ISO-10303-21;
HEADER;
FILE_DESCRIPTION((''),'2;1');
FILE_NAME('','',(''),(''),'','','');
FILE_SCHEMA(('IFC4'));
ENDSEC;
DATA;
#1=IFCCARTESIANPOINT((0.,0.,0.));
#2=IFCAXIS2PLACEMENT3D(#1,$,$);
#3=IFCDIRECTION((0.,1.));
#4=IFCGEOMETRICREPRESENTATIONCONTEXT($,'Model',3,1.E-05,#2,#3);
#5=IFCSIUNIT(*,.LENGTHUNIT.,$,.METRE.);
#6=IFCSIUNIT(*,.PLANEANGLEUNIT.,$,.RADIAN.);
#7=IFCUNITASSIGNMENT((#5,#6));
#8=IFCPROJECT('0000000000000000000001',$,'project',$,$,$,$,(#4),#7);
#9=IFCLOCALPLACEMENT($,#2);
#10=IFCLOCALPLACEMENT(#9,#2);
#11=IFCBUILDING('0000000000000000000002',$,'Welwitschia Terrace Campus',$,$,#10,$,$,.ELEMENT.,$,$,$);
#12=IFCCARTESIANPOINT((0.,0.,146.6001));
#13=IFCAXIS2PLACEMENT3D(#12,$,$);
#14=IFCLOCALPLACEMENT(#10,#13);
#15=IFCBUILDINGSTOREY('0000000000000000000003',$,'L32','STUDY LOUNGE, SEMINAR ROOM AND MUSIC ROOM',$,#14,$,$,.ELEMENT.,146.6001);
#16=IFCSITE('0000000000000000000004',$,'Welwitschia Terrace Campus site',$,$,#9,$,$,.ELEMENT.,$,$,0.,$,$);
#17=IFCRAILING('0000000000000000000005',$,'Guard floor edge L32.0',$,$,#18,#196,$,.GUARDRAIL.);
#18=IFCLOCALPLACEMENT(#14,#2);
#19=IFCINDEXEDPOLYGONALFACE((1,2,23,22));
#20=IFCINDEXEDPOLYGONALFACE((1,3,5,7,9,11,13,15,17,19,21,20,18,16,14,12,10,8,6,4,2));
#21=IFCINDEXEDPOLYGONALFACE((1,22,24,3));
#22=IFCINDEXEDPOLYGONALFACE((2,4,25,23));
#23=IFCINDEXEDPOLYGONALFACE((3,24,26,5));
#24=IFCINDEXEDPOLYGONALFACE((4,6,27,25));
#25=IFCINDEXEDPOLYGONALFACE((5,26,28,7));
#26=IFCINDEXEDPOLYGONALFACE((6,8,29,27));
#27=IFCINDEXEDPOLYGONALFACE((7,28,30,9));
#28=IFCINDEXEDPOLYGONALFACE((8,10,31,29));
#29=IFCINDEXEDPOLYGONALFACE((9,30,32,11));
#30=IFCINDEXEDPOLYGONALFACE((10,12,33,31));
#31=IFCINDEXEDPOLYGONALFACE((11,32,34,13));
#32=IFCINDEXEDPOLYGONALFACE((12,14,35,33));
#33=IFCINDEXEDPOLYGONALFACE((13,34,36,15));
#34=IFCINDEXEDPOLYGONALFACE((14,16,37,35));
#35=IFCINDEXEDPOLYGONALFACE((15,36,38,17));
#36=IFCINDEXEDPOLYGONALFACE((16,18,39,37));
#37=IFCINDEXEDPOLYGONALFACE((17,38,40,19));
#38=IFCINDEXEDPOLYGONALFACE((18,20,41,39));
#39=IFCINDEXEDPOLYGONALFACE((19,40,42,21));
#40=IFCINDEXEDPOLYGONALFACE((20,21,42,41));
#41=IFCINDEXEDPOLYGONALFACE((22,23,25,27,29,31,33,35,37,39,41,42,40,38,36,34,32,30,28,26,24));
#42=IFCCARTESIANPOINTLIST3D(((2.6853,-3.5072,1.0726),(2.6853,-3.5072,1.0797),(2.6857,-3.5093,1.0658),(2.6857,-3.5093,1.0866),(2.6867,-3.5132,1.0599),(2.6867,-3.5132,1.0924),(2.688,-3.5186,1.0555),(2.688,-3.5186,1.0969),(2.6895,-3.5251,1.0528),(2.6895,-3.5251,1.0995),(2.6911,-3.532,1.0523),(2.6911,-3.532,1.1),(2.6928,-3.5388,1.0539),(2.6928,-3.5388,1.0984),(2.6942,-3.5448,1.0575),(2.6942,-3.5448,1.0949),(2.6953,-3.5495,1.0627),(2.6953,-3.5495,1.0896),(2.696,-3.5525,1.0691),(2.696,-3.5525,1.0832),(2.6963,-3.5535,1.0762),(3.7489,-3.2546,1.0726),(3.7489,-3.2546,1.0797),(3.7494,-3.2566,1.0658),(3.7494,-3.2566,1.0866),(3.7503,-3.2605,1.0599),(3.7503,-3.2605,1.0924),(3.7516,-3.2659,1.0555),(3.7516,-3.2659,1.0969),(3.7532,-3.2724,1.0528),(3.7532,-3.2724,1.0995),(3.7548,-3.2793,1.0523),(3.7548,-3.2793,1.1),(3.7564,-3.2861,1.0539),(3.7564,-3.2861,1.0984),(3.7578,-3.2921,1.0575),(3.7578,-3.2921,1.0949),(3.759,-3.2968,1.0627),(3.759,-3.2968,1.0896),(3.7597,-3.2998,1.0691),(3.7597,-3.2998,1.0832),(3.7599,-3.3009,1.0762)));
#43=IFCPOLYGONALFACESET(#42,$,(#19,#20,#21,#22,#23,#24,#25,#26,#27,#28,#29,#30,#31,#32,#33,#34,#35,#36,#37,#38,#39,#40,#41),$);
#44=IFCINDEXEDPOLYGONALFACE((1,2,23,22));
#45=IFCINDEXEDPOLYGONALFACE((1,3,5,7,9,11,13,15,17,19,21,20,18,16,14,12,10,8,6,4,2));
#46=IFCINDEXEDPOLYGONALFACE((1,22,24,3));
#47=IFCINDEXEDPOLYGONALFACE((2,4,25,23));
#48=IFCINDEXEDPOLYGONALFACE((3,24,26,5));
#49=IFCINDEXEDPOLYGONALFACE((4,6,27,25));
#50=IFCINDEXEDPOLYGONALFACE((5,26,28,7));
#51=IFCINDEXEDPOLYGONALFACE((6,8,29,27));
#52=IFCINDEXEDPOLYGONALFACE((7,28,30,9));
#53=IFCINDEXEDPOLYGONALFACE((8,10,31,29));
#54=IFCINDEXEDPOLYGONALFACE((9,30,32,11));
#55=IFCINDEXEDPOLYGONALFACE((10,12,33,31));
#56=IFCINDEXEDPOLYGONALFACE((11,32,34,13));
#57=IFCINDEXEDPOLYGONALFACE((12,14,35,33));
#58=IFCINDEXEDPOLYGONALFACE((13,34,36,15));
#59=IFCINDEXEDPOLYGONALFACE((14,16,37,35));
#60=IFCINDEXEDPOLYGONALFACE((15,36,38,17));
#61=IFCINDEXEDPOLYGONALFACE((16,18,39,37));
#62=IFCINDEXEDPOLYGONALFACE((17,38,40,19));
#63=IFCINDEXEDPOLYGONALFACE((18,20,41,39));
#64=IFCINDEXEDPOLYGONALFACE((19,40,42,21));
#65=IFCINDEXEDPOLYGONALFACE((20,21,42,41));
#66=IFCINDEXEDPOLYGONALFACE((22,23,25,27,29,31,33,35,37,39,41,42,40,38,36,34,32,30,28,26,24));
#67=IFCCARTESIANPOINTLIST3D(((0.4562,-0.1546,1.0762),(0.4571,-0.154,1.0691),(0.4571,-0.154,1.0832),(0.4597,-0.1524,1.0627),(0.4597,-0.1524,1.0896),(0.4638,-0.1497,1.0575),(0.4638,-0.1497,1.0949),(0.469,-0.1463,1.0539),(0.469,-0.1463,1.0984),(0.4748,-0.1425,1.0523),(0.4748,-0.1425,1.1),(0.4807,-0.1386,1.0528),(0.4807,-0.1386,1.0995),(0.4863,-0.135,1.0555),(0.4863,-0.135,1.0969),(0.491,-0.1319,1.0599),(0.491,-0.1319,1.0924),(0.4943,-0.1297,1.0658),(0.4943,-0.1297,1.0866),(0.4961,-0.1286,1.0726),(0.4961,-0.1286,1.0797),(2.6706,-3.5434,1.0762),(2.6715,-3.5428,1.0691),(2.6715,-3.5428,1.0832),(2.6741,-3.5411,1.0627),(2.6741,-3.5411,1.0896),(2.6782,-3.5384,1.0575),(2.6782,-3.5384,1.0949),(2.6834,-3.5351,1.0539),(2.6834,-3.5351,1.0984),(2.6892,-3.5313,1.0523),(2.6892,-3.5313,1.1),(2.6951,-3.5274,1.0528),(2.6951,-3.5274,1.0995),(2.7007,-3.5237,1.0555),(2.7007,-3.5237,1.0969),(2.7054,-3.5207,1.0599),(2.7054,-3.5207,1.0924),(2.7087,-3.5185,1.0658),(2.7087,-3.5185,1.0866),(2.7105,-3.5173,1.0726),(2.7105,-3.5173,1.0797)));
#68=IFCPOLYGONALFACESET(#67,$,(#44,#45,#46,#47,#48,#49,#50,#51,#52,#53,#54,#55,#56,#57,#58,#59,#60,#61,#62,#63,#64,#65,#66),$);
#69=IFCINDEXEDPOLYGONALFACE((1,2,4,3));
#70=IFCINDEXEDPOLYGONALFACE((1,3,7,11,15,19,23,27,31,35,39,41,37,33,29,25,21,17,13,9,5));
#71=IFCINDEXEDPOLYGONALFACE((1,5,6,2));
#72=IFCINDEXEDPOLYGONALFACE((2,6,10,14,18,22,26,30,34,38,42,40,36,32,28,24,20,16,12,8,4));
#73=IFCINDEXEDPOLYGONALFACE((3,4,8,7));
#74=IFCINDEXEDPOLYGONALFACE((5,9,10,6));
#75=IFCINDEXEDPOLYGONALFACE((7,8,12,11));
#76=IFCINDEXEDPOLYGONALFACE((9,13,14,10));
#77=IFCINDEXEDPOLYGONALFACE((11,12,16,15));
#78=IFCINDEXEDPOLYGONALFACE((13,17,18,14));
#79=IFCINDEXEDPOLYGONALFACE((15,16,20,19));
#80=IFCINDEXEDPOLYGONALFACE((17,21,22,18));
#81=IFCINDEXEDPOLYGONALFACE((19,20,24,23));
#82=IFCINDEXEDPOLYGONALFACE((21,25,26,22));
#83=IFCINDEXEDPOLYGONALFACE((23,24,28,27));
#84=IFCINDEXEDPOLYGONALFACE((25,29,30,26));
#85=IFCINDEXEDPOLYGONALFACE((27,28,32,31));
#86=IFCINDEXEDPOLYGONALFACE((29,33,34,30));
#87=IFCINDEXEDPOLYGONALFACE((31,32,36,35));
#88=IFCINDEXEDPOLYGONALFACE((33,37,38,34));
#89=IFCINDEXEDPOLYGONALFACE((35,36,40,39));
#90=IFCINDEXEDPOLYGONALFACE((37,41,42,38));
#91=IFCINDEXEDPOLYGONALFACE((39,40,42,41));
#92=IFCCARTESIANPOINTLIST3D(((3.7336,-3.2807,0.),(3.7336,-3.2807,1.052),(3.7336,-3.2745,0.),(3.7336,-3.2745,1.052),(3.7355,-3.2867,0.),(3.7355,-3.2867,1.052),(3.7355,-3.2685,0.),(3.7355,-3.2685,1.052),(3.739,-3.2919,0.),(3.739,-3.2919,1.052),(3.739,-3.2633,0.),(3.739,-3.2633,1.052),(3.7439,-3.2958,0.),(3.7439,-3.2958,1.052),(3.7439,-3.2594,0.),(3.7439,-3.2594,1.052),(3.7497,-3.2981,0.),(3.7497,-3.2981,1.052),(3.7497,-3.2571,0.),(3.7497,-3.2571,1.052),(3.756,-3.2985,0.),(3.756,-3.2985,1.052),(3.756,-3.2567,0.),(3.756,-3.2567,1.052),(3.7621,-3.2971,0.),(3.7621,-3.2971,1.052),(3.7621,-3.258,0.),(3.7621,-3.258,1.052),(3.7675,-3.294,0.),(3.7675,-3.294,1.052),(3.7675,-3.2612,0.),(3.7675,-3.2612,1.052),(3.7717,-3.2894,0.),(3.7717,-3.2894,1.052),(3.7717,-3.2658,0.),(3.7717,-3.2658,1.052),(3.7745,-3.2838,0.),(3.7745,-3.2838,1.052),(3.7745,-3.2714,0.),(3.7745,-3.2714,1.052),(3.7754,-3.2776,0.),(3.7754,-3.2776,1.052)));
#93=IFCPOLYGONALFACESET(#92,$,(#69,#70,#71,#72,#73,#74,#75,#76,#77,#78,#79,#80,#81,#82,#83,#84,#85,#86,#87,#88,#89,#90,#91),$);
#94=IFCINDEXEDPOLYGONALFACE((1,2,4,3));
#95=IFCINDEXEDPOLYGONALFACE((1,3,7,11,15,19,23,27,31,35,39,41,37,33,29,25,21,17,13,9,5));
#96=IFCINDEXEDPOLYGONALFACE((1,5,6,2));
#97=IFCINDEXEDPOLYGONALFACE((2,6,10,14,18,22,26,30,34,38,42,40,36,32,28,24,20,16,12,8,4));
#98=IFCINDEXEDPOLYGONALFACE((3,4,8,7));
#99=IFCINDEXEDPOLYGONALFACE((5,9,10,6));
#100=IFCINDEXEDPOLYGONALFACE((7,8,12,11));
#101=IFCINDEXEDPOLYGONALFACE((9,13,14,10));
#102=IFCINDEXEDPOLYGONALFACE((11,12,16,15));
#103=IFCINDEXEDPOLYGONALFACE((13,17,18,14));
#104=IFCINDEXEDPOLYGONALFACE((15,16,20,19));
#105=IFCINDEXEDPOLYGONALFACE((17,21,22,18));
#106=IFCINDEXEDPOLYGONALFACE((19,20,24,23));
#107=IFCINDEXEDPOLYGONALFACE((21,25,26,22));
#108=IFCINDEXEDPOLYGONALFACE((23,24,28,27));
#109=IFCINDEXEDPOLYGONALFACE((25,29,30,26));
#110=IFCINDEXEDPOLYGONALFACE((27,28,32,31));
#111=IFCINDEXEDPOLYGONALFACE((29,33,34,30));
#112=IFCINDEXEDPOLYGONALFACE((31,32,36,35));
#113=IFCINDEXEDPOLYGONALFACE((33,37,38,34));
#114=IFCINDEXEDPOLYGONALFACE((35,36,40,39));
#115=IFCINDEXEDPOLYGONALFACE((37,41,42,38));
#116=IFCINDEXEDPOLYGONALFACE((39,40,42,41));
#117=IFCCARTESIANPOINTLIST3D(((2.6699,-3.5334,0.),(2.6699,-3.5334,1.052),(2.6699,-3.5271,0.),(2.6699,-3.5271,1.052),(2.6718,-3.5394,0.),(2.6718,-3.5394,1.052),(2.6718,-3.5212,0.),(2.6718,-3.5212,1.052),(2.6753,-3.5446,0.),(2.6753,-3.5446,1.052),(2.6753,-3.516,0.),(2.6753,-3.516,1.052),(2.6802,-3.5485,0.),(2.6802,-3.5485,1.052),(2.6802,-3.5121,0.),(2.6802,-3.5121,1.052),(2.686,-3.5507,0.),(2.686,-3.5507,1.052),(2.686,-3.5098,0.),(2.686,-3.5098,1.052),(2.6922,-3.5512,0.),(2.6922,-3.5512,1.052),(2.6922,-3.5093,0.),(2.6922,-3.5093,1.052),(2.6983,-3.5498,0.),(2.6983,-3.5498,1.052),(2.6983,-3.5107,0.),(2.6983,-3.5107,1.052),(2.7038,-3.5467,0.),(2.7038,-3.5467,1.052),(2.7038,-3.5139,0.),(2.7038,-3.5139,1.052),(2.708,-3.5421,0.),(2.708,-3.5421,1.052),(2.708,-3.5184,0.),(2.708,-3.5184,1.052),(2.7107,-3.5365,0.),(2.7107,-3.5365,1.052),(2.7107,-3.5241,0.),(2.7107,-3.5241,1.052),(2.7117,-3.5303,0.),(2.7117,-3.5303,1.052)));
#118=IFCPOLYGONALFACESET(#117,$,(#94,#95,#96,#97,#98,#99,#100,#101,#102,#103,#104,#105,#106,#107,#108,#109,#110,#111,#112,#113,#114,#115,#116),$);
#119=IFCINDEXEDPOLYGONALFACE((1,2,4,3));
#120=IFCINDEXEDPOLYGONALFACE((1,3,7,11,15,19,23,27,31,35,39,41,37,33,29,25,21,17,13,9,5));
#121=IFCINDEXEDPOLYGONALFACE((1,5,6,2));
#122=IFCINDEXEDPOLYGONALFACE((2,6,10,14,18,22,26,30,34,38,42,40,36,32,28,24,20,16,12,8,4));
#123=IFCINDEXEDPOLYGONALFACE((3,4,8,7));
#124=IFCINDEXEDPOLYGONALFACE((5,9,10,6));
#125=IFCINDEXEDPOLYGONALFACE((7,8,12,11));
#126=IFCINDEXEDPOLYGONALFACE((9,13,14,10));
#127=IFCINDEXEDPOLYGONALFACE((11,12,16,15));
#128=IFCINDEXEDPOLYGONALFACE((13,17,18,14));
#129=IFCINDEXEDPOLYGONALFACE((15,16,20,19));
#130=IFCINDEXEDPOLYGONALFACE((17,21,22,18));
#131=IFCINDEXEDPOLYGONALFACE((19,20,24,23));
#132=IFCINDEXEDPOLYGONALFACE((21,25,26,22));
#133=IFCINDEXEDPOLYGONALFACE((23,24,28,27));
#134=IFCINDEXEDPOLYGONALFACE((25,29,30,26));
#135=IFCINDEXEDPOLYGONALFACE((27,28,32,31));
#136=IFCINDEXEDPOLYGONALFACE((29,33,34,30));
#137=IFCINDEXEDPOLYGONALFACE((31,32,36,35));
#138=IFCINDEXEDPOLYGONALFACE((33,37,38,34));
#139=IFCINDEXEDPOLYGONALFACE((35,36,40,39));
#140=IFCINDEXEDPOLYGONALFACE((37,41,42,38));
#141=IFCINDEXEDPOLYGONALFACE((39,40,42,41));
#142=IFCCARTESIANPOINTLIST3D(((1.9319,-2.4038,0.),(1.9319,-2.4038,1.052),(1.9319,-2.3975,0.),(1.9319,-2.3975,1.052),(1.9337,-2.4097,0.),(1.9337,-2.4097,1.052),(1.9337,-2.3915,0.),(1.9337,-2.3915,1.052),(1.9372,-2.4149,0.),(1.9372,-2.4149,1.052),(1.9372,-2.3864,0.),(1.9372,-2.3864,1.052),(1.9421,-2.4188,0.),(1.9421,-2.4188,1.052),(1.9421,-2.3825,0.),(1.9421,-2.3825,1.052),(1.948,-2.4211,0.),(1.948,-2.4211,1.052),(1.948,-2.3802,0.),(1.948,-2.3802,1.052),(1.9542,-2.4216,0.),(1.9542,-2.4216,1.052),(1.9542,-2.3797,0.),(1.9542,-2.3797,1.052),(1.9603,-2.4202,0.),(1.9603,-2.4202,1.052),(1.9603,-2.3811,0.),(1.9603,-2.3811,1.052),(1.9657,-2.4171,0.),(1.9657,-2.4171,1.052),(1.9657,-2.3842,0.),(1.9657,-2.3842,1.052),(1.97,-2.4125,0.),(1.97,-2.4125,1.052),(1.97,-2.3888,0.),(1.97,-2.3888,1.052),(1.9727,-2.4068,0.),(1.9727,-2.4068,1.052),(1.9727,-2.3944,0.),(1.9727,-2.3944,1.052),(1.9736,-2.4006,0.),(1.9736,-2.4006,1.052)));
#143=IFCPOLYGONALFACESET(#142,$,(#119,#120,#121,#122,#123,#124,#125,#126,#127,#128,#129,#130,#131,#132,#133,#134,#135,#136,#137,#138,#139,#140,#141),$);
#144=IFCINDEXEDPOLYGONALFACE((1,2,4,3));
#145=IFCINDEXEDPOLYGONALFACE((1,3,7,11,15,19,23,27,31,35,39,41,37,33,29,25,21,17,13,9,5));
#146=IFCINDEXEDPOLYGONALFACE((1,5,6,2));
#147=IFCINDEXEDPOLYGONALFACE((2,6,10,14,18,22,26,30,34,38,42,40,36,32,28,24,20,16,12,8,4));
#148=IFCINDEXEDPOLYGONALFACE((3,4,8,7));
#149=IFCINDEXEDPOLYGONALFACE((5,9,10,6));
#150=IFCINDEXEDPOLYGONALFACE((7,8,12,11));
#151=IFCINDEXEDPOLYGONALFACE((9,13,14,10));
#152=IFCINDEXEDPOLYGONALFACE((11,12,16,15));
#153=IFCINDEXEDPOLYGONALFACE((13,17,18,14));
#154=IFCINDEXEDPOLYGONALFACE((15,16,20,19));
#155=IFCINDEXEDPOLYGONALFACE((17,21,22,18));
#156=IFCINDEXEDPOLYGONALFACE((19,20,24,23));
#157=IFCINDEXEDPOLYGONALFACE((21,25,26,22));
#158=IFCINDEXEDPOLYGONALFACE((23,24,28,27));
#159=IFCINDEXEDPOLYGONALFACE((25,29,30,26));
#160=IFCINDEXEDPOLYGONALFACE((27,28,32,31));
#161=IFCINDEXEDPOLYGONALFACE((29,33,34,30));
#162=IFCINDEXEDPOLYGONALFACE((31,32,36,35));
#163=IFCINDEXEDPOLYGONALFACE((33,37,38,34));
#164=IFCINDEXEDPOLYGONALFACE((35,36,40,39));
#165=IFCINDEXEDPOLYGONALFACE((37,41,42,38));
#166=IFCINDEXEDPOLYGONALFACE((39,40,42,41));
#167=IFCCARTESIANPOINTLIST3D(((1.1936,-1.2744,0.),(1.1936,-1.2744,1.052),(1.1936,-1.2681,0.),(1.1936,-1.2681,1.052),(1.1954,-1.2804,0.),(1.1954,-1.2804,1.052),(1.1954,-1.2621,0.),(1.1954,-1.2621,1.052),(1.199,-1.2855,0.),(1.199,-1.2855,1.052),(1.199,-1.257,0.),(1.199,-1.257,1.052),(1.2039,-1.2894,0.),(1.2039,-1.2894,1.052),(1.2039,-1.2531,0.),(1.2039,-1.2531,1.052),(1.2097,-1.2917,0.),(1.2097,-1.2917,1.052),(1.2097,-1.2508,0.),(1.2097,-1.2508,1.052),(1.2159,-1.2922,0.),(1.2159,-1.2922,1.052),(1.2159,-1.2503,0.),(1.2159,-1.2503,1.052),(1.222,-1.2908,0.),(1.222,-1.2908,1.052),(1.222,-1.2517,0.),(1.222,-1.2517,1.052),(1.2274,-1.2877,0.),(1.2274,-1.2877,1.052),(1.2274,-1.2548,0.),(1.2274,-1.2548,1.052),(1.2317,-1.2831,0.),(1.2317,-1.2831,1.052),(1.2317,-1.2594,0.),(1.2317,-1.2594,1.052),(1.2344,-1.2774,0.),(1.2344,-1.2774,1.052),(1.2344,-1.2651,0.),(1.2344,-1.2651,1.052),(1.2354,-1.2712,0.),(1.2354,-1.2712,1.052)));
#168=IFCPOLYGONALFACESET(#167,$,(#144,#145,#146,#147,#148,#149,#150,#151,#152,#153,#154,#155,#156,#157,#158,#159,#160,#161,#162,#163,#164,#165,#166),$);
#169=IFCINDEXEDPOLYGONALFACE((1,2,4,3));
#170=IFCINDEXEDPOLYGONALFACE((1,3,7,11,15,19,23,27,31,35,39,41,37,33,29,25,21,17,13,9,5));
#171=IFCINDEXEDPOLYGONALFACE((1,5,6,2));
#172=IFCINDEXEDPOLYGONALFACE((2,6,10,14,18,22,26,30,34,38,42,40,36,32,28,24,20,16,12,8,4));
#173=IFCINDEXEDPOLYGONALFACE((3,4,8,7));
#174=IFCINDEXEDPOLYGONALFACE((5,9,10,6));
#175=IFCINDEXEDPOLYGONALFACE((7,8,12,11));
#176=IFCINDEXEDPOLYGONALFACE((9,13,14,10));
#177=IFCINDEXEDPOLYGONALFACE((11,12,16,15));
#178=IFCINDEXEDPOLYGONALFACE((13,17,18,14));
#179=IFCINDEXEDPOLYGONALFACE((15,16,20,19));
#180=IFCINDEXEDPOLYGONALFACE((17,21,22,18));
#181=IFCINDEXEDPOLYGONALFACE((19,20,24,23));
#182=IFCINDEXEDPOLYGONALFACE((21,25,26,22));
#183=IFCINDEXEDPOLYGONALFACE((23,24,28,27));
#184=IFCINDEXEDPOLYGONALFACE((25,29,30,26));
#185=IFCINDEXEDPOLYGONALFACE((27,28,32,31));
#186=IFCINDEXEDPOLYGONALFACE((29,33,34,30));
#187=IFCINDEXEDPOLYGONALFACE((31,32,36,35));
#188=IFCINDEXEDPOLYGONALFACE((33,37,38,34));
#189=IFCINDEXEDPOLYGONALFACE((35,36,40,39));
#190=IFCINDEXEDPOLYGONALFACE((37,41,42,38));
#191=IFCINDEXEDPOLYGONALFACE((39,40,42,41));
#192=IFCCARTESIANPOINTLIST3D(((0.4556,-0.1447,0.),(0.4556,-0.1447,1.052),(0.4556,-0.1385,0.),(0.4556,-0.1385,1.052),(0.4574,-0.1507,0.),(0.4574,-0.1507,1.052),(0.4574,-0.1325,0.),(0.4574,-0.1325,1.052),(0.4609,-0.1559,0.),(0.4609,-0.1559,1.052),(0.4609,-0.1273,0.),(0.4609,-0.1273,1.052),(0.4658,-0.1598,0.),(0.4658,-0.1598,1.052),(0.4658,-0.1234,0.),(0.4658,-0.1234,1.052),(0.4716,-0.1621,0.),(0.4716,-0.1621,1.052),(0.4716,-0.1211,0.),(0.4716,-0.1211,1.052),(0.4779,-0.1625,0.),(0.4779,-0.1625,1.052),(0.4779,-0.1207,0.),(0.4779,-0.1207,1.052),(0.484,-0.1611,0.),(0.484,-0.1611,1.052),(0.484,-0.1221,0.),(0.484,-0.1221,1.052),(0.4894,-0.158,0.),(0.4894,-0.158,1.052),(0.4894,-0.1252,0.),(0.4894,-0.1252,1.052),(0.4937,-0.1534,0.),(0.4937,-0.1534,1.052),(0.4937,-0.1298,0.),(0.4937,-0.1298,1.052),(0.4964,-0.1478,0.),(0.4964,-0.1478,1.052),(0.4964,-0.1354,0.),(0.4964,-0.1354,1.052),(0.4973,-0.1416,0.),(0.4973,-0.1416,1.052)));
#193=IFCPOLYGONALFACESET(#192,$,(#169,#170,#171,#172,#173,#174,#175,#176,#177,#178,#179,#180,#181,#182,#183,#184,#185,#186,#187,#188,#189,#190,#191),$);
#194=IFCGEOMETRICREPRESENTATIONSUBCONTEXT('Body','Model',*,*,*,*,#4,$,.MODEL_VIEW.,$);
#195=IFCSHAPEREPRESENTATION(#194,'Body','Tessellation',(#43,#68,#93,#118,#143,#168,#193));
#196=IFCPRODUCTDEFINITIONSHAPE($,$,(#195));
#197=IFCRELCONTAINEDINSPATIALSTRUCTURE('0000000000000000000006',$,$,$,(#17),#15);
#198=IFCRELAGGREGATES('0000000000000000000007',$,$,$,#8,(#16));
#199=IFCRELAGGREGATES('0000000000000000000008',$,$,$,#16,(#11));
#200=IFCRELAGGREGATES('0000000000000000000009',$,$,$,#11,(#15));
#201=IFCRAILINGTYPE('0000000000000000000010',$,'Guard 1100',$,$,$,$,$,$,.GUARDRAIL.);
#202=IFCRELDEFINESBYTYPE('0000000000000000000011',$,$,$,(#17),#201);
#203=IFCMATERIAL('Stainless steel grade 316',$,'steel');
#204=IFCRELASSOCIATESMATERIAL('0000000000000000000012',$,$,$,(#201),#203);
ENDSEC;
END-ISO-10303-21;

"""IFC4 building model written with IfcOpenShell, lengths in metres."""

from ifc_helpers import new_model, si_unit, direction, frame, origin, origin_2d, place, context, subcontext, project, spatial, circle, extrude, material, type_object, element, save


model = new_model("IFC4")

# Units and contexts
model_context = context("Model", 3, precision=1e-05, world=origin(), true_north=direction((0.0, 1.0)))
body_context = subcontext(model_context, "Body", "Model", "MODEL_VIEW")
ifc_project = project(units=[si_unit("LENGTHUNIT", "METRE"), si_unit("PLANEANGLEUNIT", "RADIAN")], contexts=[model_context])

# Site, building, storey
site_placement = place(None, origin())
site = spatial("IfcSite", under=ifc_project, at=site_placement, Name="Welwitschia Terrace Campus site", CompositionType="ELEMENT", RefElevation=0.0)
building_placement = place(site_placement, origin())
building = spatial("IfcBuilding", under=site, at=building_placement, Name="Welwitschia Terrace Campus", CompositionType="ELEMENT")
storey_placement = place(building_placement, frame((0.0, 0.0, 146.6001)))
storey = spatial("IfcBuildingStorey", under=building, at=storey_placement, Name="L32", Description="STUDY LOUNGE, SEMINAR ROOM AND MUSIC ROOM", CompositionType="ELEMENT", Elevation=146.6001)

# Railing
ifc_material_1 = material(Name="Stainless steel grade 316", Category="steel")
railing_type = type_object("IfcRailingType", Name="Guard 1100", PredefinedType="GUARDRAIL", material=ifc_material_1)
railing_1_placement = place(storey_placement, frame((3.7544, -3.2776, 0.0)))
element("IfcRailing", 1, at=railing_1_placement, inside=storey, type_object=railing_type, Name="Guard floor edge L32.0", PredefinedType="GUARDRAIL", context=body_context, shape_type="SweptSolid", body=[
    extrude(circle(Radius=0.0239, at=origin_2d()), frame((0.0, 0.0, 1.0762), z_axis=(-0.972926, -0.231117, 0.0), x_axis=(0.231117, -0.972926, 0.0)), (0.0, 0.0, 1.0), 1.0933),
    extrude(circle(Radius=0.0239, at=origin_2d()), frame((-1.0637, -0.2527, 1.0762), z_axis=(-0.547022, 0.837118, 0.0), x_axis=(-0.837118, -0.547022, 0.0)), (0.0, 0.0, 1.0), 4.0481),
    extrude(circle(Radius=0.021, at=origin_2d()), origin(), (0.0, 0.0, 1.0), 1.052),
    extrude(circle(Radius=0.021, at=origin_2d()), frame((-1.0637, -0.2527, 0.0)), (0.0, 0.0, 1.0), 1.052),
    extrude(circle(Radius=0.021, at=origin_2d()), frame((-1.8018, 0.877, 0.0)), (0.0, 0.0, 1.0), 1.052),
    extrude(circle(Radius=0.021, at=origin_2d()), frame((-2.54, 2.0063, 0.0)), (0.0, 0.0, 1.0), 1.052),
    extrude(circle(Radius=0.021, at=origin_2d()), frame((-3.2781, 3.136, 0.0)), (0.0, 0.0, 1.0), 1.052),
])

save(model, "model.ifc")
